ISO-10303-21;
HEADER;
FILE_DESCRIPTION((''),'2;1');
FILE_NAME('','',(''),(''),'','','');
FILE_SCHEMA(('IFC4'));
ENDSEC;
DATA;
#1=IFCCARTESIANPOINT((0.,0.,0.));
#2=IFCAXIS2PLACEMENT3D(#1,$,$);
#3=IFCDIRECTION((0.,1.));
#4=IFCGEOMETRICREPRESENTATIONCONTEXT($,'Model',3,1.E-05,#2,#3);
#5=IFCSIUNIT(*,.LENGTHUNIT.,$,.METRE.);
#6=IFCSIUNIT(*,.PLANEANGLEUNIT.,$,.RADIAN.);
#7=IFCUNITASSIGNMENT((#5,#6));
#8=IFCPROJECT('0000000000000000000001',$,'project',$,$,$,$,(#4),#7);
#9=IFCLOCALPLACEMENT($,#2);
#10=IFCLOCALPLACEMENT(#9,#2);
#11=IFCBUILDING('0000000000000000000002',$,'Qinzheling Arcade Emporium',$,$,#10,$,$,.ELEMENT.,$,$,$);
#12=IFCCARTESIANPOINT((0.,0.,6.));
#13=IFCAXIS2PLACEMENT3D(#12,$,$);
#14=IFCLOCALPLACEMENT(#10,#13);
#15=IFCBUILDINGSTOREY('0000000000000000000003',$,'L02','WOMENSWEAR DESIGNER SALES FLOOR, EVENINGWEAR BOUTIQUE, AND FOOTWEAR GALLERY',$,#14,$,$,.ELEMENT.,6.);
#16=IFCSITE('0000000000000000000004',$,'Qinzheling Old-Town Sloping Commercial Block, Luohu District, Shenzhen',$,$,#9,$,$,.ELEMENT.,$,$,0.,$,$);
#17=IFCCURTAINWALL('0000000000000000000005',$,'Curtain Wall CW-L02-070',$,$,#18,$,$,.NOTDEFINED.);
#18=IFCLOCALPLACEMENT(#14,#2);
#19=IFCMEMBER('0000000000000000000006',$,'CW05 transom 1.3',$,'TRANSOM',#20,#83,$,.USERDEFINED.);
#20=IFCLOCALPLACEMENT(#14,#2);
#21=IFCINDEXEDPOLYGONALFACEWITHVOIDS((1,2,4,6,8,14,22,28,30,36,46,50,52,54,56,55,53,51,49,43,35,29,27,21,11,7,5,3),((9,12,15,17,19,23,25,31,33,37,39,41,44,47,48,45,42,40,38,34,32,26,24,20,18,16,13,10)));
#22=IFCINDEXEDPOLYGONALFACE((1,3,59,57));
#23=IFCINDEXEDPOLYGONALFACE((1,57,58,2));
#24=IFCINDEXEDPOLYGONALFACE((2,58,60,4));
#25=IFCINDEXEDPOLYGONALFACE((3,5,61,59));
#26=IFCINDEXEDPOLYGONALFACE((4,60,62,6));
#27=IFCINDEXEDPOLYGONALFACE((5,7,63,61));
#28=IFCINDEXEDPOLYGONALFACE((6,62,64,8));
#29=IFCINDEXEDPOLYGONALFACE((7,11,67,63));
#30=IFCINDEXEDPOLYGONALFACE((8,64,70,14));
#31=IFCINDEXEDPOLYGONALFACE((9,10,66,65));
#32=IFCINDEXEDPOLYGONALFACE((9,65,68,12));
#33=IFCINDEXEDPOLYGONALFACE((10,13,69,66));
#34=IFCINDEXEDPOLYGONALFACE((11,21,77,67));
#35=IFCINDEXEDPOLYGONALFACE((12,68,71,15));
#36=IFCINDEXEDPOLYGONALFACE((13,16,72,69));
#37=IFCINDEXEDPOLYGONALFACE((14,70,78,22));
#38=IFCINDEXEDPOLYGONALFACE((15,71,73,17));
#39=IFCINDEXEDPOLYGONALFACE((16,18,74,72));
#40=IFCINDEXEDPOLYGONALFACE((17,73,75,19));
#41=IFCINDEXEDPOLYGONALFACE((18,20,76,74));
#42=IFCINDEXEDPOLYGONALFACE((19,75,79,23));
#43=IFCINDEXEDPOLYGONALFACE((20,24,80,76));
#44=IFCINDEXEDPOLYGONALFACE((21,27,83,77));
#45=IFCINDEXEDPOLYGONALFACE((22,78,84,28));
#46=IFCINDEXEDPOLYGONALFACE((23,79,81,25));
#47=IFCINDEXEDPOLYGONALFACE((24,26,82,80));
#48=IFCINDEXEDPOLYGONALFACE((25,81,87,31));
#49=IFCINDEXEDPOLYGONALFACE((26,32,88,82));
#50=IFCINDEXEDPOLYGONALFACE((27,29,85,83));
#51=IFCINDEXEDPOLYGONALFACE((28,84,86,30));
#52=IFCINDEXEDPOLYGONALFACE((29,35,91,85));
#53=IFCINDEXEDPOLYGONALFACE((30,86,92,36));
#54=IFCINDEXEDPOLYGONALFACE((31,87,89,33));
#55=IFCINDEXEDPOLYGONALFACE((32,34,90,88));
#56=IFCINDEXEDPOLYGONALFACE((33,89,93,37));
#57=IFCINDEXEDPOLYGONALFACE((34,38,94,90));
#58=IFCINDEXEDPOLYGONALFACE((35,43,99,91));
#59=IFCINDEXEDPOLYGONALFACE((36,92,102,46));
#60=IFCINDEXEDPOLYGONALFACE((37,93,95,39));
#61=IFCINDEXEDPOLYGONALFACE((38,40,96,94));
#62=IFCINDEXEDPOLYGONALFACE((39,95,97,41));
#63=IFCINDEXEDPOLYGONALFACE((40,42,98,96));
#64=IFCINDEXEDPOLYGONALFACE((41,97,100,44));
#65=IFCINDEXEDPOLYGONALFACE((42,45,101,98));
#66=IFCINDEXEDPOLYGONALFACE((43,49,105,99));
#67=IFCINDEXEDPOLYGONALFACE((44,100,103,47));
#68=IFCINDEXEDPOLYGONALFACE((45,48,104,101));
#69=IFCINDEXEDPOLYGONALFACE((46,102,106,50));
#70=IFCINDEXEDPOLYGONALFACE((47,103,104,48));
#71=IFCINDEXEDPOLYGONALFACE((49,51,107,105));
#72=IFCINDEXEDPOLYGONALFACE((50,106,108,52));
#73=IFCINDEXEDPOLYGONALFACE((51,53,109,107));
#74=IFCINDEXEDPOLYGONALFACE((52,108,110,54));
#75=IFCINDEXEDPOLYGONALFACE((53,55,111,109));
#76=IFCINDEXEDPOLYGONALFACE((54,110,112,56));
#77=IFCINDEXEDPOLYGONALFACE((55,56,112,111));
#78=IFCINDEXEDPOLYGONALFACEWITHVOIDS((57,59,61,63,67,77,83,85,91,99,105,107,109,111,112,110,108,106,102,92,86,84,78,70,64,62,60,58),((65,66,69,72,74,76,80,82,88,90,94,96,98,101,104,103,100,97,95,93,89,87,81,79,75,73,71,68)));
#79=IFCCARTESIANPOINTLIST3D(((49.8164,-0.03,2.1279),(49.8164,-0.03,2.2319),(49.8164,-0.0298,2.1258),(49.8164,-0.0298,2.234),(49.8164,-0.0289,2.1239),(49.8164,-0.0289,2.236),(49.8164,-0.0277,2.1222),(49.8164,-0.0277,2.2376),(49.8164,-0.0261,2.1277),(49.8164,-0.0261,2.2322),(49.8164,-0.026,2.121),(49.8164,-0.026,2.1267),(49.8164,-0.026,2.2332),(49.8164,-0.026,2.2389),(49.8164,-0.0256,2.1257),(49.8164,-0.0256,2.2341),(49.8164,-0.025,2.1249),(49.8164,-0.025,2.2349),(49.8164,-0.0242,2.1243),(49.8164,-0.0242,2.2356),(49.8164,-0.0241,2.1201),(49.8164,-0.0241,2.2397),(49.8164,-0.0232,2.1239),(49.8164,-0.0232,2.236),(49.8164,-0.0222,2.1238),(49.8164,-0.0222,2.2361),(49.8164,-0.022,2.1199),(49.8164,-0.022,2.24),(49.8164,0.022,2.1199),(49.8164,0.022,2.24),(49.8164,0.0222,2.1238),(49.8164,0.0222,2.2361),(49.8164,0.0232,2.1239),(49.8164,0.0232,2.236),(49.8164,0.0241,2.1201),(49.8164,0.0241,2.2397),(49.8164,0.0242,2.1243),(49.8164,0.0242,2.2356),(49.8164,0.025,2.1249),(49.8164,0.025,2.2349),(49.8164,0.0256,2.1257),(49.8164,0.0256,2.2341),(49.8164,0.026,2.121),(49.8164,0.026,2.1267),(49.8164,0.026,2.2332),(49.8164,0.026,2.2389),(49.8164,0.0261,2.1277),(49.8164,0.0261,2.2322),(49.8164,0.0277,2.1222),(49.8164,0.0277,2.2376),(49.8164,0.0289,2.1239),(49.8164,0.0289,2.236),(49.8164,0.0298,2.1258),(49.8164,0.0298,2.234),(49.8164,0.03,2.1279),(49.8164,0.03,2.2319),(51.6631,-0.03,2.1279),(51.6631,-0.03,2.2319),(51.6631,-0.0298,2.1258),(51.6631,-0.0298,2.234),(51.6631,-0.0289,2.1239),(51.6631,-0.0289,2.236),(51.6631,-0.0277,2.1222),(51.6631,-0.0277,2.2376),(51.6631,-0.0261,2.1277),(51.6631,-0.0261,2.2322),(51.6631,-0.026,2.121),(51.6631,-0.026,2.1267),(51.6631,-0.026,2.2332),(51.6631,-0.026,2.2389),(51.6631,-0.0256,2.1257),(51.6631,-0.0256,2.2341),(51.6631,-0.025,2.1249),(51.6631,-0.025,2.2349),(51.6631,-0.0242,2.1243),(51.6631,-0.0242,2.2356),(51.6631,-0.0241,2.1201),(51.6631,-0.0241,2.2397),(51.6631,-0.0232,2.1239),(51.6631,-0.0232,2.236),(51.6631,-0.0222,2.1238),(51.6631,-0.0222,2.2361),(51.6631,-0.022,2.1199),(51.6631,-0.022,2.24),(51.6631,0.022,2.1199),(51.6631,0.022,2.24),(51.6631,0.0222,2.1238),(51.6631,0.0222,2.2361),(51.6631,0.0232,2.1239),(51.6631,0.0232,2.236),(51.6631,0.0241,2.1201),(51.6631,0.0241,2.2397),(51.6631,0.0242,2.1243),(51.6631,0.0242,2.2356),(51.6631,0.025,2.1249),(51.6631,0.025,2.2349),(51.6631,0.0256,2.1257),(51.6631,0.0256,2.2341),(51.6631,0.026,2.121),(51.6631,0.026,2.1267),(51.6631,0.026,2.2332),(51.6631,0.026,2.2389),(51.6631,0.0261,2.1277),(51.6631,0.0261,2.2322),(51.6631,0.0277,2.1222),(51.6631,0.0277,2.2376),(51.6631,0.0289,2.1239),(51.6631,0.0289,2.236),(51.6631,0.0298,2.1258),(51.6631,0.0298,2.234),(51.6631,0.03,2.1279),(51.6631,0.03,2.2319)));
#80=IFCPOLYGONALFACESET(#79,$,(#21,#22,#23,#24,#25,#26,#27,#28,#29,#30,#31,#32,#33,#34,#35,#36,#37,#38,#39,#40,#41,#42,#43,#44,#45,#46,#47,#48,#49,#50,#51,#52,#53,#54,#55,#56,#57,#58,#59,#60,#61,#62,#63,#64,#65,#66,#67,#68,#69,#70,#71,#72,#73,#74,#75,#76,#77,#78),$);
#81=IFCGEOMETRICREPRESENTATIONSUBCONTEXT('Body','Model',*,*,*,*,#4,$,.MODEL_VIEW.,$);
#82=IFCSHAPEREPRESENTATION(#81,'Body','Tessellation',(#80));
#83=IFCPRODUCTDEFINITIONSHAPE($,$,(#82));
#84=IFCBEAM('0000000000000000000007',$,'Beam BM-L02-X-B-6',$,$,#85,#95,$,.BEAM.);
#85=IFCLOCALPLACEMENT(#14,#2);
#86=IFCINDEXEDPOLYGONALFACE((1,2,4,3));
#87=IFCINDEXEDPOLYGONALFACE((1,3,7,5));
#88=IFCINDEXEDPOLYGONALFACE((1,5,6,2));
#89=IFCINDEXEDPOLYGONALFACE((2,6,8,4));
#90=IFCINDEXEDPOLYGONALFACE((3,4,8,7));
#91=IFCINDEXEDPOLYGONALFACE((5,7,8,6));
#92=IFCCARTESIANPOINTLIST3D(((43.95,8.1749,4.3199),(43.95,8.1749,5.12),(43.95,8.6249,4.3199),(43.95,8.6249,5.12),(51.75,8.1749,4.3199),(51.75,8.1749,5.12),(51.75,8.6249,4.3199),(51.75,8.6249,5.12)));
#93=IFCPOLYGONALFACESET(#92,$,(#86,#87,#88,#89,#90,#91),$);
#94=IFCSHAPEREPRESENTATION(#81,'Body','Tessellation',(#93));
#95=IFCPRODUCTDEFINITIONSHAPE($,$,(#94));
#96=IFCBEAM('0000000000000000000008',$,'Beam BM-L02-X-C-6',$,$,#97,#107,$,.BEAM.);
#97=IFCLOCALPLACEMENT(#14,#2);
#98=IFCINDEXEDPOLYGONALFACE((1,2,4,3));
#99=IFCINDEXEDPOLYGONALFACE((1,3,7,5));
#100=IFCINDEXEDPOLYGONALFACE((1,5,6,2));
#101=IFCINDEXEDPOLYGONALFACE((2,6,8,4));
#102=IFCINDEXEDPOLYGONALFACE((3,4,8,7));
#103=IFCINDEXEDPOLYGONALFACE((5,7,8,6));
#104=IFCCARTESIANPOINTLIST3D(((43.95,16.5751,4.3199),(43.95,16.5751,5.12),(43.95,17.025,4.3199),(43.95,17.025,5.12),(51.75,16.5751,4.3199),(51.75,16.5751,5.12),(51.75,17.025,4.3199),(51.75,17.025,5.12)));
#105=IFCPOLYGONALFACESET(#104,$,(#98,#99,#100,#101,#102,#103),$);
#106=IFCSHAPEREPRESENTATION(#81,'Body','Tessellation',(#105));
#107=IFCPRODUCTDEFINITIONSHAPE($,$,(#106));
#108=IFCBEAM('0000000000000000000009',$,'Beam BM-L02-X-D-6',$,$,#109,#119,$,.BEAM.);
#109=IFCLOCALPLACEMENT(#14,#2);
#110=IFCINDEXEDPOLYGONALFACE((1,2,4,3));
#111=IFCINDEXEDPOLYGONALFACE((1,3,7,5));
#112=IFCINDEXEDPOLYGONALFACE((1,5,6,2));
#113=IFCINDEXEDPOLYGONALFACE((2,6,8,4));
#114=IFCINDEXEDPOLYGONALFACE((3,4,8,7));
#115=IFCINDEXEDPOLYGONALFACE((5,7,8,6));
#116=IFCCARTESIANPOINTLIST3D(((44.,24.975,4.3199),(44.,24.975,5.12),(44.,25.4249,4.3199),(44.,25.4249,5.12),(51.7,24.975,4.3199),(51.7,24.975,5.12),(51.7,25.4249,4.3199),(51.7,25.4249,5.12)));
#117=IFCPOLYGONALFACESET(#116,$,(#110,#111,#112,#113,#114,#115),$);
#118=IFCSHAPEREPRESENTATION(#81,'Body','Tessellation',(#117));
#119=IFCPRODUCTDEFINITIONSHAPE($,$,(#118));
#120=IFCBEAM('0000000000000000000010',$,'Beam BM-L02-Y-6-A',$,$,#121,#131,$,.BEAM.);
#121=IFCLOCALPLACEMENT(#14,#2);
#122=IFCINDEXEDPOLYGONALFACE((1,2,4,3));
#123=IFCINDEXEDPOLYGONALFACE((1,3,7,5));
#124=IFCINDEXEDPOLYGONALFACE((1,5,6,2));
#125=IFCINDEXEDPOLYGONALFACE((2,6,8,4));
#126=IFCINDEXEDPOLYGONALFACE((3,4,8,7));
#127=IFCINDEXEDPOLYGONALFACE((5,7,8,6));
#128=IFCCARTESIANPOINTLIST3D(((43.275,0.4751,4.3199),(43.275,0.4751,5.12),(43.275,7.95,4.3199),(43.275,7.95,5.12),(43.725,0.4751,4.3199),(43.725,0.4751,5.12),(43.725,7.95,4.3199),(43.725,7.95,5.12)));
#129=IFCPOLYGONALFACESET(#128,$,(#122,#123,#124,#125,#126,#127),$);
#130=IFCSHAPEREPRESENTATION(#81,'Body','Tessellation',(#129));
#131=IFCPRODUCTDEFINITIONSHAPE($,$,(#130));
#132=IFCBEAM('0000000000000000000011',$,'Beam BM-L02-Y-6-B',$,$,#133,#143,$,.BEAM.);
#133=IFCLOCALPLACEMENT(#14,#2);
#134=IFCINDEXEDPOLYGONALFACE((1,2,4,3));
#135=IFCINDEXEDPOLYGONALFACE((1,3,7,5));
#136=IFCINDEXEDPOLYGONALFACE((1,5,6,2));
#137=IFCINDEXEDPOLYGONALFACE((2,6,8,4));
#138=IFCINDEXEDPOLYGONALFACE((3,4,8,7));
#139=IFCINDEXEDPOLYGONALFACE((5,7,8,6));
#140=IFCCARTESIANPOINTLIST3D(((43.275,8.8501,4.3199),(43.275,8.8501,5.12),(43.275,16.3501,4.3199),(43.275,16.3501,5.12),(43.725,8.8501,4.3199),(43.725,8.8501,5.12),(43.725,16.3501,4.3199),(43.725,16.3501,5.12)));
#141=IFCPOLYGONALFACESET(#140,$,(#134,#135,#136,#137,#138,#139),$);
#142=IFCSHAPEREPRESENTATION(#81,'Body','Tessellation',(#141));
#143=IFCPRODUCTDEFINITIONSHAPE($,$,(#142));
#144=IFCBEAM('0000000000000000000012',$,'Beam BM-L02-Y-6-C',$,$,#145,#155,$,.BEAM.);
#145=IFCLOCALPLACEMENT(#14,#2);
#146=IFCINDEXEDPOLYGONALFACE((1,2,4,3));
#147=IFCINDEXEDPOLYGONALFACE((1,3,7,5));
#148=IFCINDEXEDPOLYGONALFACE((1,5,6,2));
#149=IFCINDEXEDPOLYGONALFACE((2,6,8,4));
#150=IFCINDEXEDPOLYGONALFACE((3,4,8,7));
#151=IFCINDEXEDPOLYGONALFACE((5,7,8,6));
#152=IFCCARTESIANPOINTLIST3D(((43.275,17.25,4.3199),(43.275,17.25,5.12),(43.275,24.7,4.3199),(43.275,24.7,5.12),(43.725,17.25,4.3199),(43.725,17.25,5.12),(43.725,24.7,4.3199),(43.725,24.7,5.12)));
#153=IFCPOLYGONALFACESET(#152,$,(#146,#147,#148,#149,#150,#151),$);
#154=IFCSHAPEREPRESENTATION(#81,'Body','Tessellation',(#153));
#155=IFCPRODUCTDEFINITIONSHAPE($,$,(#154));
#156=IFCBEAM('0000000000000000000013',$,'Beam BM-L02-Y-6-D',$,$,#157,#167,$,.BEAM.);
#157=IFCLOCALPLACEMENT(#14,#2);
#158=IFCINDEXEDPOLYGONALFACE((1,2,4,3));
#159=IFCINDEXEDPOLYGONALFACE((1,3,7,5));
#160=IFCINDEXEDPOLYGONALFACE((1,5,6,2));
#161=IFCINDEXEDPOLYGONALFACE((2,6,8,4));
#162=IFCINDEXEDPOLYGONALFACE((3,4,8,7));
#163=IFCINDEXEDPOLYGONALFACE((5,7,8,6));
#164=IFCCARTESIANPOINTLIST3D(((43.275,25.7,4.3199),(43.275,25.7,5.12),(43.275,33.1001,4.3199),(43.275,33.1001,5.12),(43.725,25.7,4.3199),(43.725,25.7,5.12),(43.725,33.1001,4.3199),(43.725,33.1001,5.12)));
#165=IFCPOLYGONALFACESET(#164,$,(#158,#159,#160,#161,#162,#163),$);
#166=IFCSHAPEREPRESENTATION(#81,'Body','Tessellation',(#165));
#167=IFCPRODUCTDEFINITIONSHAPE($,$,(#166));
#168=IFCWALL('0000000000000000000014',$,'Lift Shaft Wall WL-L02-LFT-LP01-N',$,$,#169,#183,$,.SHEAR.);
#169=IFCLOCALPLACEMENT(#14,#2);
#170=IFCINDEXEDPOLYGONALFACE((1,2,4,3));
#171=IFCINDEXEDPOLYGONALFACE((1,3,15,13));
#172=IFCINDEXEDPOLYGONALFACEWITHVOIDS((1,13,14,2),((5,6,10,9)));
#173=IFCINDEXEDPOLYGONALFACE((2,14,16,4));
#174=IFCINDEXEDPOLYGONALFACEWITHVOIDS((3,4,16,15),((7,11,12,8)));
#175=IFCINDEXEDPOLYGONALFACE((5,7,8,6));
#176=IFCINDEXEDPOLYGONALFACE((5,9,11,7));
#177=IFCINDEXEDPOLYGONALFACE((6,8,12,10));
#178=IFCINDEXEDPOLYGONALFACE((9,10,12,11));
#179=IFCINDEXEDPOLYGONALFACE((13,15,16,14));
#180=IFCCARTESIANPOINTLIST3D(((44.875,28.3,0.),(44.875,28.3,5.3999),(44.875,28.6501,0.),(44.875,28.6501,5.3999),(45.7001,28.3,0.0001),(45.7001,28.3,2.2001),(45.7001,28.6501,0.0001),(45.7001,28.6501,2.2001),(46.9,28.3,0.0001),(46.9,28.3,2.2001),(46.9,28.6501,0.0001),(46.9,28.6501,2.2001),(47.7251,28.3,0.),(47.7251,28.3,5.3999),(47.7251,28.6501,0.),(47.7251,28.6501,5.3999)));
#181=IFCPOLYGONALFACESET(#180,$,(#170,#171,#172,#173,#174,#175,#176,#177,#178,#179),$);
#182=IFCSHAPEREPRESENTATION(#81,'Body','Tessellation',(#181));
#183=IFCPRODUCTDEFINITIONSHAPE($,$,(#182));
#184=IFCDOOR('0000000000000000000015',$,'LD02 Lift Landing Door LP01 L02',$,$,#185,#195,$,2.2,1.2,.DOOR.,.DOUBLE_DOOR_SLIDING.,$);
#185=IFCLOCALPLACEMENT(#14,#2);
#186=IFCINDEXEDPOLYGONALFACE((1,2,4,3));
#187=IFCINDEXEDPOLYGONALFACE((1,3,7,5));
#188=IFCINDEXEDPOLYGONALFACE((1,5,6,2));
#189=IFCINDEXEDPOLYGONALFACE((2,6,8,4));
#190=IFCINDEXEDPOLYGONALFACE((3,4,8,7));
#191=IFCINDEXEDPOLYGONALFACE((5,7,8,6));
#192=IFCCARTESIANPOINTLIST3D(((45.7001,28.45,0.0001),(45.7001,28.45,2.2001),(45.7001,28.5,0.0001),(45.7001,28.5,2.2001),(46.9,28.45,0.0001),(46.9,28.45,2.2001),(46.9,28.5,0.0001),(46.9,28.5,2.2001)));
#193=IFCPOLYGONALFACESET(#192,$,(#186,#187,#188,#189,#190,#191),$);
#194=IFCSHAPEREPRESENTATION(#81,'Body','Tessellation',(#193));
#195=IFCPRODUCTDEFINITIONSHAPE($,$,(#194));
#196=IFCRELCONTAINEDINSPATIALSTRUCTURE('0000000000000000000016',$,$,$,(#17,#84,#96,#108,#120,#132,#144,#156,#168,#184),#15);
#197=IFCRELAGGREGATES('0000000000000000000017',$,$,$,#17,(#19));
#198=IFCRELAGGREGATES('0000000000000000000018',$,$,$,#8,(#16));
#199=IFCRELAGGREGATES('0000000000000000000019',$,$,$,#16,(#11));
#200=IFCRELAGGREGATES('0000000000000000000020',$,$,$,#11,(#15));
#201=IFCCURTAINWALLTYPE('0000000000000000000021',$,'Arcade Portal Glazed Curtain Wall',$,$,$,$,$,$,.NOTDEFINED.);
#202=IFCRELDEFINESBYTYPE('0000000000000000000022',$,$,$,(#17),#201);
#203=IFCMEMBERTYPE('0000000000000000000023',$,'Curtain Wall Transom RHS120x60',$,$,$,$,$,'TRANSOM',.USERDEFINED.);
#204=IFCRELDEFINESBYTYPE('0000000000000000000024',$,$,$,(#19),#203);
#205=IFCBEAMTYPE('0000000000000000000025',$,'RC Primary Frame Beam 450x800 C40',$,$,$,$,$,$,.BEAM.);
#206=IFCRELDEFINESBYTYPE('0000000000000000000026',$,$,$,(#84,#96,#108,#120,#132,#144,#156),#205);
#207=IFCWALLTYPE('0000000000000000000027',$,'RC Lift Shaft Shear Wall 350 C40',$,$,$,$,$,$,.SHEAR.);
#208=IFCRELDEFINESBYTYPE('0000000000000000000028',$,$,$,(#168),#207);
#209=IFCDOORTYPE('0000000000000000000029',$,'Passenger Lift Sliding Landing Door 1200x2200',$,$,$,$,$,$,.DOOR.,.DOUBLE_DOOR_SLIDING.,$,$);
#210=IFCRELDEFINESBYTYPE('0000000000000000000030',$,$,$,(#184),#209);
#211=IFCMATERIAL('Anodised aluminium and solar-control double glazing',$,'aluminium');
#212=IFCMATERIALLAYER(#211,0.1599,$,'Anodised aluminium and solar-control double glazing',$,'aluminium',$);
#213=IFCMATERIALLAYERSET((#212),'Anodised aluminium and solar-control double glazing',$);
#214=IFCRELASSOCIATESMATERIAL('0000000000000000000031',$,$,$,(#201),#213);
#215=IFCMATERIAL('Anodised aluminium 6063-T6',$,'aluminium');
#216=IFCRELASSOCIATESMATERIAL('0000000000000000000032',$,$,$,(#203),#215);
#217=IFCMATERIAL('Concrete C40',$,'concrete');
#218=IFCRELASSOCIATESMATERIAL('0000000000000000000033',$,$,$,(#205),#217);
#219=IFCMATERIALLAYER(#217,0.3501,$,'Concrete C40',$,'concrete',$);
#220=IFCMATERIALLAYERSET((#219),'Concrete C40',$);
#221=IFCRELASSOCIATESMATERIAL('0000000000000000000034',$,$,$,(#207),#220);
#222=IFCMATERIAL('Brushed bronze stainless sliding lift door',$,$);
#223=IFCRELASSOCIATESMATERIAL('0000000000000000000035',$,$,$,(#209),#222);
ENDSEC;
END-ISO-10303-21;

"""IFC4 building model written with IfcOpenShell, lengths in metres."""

from ifc_helpers import new_model, si_unit, direction, frame, frame_2d, origin, origin_2d, place, context, subcontext, project, spatial, rectangle, hollow_rectangle, extrude, material, layer, layer_set, material_profile, profile_set, type_object, element, fill, aggregate, save


model = new_model("IFC4")

# Units and contexts
model_context = context("Model", 3, precision=1e-05, world=origin(), true_north=direction((0.0, 1.0)))
body_context = subcontext(model_context, "Body", "Model", "MODEL_VIEW")
ifc_project = project(units=[si_unit("LENGTHUNIT", "METRE"), si_unit("PLANEANGLEUNIT", "RADIAN")], contexts=[model_context])

# Site, building, storey
site_placement = place(None, origin())
site = spatial("IfcSite", under=ifc_project, at=site_placement, Name="Qinzheling Old-Town Sloping Commercial Block, Luohu District, Shenzhen", CompositionType="ELEMENT", RefElevation=0.0)
building_placement = place(site_placement, origin())
building = spatial("IfcBuilding", under=site, at=building_placement, Name="Qinzheling Arcade Emporium", CompositionType="ELEMENT")
storey_placement = place(building_placement, frame((0.0, 0.0, 6.0)))
storey = spatial("IfcBuildingStorey", under=building, at=storey_placement, Name="L02", Description="WOMENSWEAR DESIGNER SALES FLOOR, EVENINGWEAR BOUTIQUE, AND FOOTWEAR GALLERY", CompositionType="ELEMENT", Elevation=6.0)

# Curtain wall, member
ifc_material_1 = material(Name="Anodised aluminium and solar-control double glazing", Category="aluminium")
ifc_layer_1 = layer(ifc_material_1, 0.1599, Name="Anodised aluminium and solar-control double glazing", Category="aluminium")
ifc_layer_set_1 = layer_set([ifc_layer_1], Name="Anodised aluminium and solar-control double glazing")
curtain_wall_type = type_object("IfcCurtainWallType", Name="Arcade Portal Glazed Curtain Wall", PredefinedType="NOTDEFINED", material=ifc_layer_set_1)
curtain_wall_placement = place(storey_placement, origin())
curtain_wall = element("IfcCurtainWall", 1, at=curtain_wall_placement, inside=storey, type_object=curtain_wall_type, Name="Curtain Wall CW-L02-070", PredefinedType="NOTDEFINED")
ifc_material_2 = material(Name="Anodised aluminium 6063-T6", Category="aluminium")
ifc_material_profile_1 = material_profile(ifc_material_2, hollow_rectangle(XDim=0.0601, YDim=0.1201, WallThickness=0.0039, InnerFilletRadius=0.0039, OuterFilletRadius=0.0081, at=origin_2d()), Name="RHS 120x60x4", Category="aluminium")
ifc_profile_set_1 = profile_set([ifc_material_profile_1], Name="Anodised aluminium 6063-T6")
member_type_1 = type_object("IfcMemberType", Name="Curtain Wall Transom RHS120x60", ElementType="TRANSOM", PredefinedType="USERDEFINED", material=ifc_profile_set_1)
member_1_placement = place(storey_placement, frame((51.6631, 0.0, 2.1799), z_axis=(-1.0, 0.0, 0.0), x_axis=(0.0, -1.0, 0.0)))
member_1 = element("IfcMember", 2, at=member_1_placement, type_object=member_type_1, Name="CW05 transom 1.3", ObjectType="TRANSOM", PredefinedType="USERDEFINED", context=body_context, shape_type="SweptSolid", body=[
    extrude(hollow_rectangle(XDim=0.0601, YDim=0.1201, WallThickness=0.0039, InnerFilletRadius=0.0039, OuterFilletRadius=0.0081, at=origin_2d()), origin(), (0.0, 0.0, 1.0), 1.8467),
])
aggregate(curtain_wall, [member_1])

# Beams
ifc_material_3 = material(Name="Concrete C40", Category="concrete")
ifc_material_profile_2 = material_profile(ifc_material_3, rectangle(XDim=0.45, YDim=0.8, at=origin_2d()), Name="RC 450x800", Category="concrete")
ifc_profile_set_2 = profile_set([ifc_material_profile_2], Name="Concrete C40")
beam_type = type_object("IfcBeamType", Name="RC Primary Frame Beam 450x800 C40", PredefinedType="BEAM", material=ifc_profile_set_2)
for number, where, z_axis, x_axis, name in (
    (3, (43.95, 8.3999, 4.72), (1.0, 0.0, 0.0), (0.0, 1.0, 0.0), "Beam BM-L02-X-B-6"),
    (4, (43.95, 16.8, 4.72), (1.0, 0.0, 0.0), (0.0, 1.0, 0.0), "Beam BM-L02-X-C-6"),
):
    element("IfcBeam", number, at=place(storey_placement, frame(where, z_axis=z_axis, x_axis=x_axis)), inside=storey, type_object=beam_type, Name=name, PredefinedType="BEAM", context=body_context, shape_type="SweptSolid", body=[
        extrude(rectangle(XDim=0.45, YDim=0.8, at=origin_2d()), origin(), (0.0, 0.0, 1.0), 7.8),
    ])
beam_1_placement = place(storey_placement, frame((44.0, 25.2, 4.72), z_axis=(1.0, 0.0, 0.0), x_axis=(0.0, 1.0, 0.0)))
element("IfcBeam", 5, at=beam_1_placement, inside=storey, type_object=beam_type, Name="Beam BM-L02-X-D-6", PredefinedType="BEAM", context=body_context, shape_type="SweptSolid", body=[
    extrude(rectangle(XDim=0.45, YDim=0.8, at=origin_2d()), origin(), (0.0, 0.0, 1.0), 7.7),
])
beam_2_placement = place(storey_placement, frame((43.5, 0.4751, 4.72), z_axis=(0.0, 1.0, 0.0), x_axis=(-1.0, 0.0, 0.0)))
element("IfcBeam", 6, at=beam_2_placement, inside=storey, type_object=beam_type, Name="Beam BM-L02-Y-6-A", PredefinedType="BEAM", context=body_context, shape_type="SweptSolid", body=[
    extrude(rectangle(XDim=0.45, YDim=0.8, at=origin_2d()), origin(), (0.0, 0.0, 1.0), 7.4749),
])
beam_3_placement = place(storey_placement, frame((43.5, 8.8501, 4.72), z_axis=(0.0, 1.0, 0.0), x_axis=(-1.0, 0.0, 0.0)))
element("IfcBeam", 7, at=beam_3_placement, inside=storey, type_object=beam_type, Name="Beam BM-L02-Y-6-B", PredefinedType="BEAM", context=body_context, shape_type="SweptSolid", body=[
    extrude(rectangle(XDim=0.45, YDim=0.8, at=origin_2d()), origin(), (0.0, 0.0, 1.0), 7.5),
])
beam_4_placement = place(storey_placement, frame((43.5, 17.25, 4.72), z_axis=(0.0, 1.0, 0.0), x_axis=(-1.0, 0.0, 0.0)))
element("IfcBeam", 8, at=beam_4_placement, inside=storey, type_object=beam_type, Name="Beam BM-L02-Y-6-C", PredefinedType="BEAM", context=body_context, shape_type="SweptSolid", body=[
    extrude(rectangle(XDim=0.45, YDim=0.8, at=origin_2d()), origin(), (0.0, 0.0, 1.0), 7.45),
])
beam_5_placement = place(storey_placement, frame((43.5, 25.7, 4.72), z_axis=(0.0, 1.0, 0.0), x_axis=(-1.0, 0.0, 0.0)))
element("IfcBeam", 9, at=beam_5_placement, inside=storey, type_object=beam_type, Name="Beam BM-L02-Y-6-D", PredefinedType="BEAM", context=body_context, shape_type="SweptSolid", body=[
    extrude(rectangle(XDim=0.45, YDim=0.8, at=origin_2d()), origin(), (0.0, 0.0, 1.0), 7.4001),
])

# Wall, opening, door
ifc_layer_2 = layer(ifc_material_3, 0.3501, Name="Concrete C40", Category="concrete")
ifc_layer_set_2 = layer_set([ifc_layer_2], Name="Concrete C40")
wall_type = type_object("IfcWallType", Name="RC Lift Shaft Shear Wall 350 C40", PredefinedType="SHEAR", material=ifc_layer_set_2)
wall_1_placement = place(storey_placement, frame((44.875, 28.4751, 0.0), z_axis=(0.0, 0.0, 1.0), x_axis=(1.0, 0.0, 0.0)))
wall_1 = element("IfcWall", 10, at=wall_1_placement, inside=storey, type_object=wall_type, Name="Lift Shaft Wall WL-L02-LFT-LP01-N", PredefinedType="SHEAR", context=body_context, shape_type="SweptSolid", body=[
    extrude(rectangle(XDim=2.8501, YDim=0.3501, at=frame_2d((1.425, 0.0))), origin(), (0.0, 0.0, 1.0), 5.3999),
])
opening_1_placement = place(wall_1_placement, frame((0.825, 0.0, 0.0)))
opening_1 = element("IfcOpeningElement", 11, at=opening_1_placement, cuts=wall_1, PredefinedType="OPENING", context=body_context, shape_type="SweptSolid", body=[
    extrude(rectangle(XDim=1.2, YDim=2.2, at=frame_2d((0.6001, 1.1001))), frame((0.0, 0.1851, 0.0), z_axis=(0.0, -1.0, 0.0), x_axis=(1.0, 0.0, 0.0)), (0.0, 0.0, 1.0), 0.3701),
])
ifc_material_4 = material(Name="Brushed bronze stainless sliding lift door")
door_type = type_object("IfcDoorType", Name="Passenger Lift Sliding Landing Door 1200x2200", OperationType="DOUBLE_DOOR_SLIDING", PredefinedType="DOOR", material=ifc_material_4)
door_1_placement = place(opening_1_placement, origin())
door_1 = element("IfcDoor", 12, at=door_1_placement, inside=storey, type_object=door_type, Name="LD02 Lift Landing Door LP01 L02", OperationType="DOUBLE_DOOR_SLIDING", OverallHeight=2.2, OverallWidth=1.2, PredefinedType="DOOR", context=body_context, shape_type="SweptSolid", body=[
    extrude(rectangle(XDim=1.2, YDim=2.2, at=frame_2d((0.6001, 1.1001))), frame((0.0, 0.0249, 0.0), z_axis=(0.0, -1.0, 0.0), x_axis=(1.0, 0.0, 0.0)), (0.0, 0.0, 1.0), 0.05),
])
fill(opening_1, door_1)

save(model, "model.ifc")
